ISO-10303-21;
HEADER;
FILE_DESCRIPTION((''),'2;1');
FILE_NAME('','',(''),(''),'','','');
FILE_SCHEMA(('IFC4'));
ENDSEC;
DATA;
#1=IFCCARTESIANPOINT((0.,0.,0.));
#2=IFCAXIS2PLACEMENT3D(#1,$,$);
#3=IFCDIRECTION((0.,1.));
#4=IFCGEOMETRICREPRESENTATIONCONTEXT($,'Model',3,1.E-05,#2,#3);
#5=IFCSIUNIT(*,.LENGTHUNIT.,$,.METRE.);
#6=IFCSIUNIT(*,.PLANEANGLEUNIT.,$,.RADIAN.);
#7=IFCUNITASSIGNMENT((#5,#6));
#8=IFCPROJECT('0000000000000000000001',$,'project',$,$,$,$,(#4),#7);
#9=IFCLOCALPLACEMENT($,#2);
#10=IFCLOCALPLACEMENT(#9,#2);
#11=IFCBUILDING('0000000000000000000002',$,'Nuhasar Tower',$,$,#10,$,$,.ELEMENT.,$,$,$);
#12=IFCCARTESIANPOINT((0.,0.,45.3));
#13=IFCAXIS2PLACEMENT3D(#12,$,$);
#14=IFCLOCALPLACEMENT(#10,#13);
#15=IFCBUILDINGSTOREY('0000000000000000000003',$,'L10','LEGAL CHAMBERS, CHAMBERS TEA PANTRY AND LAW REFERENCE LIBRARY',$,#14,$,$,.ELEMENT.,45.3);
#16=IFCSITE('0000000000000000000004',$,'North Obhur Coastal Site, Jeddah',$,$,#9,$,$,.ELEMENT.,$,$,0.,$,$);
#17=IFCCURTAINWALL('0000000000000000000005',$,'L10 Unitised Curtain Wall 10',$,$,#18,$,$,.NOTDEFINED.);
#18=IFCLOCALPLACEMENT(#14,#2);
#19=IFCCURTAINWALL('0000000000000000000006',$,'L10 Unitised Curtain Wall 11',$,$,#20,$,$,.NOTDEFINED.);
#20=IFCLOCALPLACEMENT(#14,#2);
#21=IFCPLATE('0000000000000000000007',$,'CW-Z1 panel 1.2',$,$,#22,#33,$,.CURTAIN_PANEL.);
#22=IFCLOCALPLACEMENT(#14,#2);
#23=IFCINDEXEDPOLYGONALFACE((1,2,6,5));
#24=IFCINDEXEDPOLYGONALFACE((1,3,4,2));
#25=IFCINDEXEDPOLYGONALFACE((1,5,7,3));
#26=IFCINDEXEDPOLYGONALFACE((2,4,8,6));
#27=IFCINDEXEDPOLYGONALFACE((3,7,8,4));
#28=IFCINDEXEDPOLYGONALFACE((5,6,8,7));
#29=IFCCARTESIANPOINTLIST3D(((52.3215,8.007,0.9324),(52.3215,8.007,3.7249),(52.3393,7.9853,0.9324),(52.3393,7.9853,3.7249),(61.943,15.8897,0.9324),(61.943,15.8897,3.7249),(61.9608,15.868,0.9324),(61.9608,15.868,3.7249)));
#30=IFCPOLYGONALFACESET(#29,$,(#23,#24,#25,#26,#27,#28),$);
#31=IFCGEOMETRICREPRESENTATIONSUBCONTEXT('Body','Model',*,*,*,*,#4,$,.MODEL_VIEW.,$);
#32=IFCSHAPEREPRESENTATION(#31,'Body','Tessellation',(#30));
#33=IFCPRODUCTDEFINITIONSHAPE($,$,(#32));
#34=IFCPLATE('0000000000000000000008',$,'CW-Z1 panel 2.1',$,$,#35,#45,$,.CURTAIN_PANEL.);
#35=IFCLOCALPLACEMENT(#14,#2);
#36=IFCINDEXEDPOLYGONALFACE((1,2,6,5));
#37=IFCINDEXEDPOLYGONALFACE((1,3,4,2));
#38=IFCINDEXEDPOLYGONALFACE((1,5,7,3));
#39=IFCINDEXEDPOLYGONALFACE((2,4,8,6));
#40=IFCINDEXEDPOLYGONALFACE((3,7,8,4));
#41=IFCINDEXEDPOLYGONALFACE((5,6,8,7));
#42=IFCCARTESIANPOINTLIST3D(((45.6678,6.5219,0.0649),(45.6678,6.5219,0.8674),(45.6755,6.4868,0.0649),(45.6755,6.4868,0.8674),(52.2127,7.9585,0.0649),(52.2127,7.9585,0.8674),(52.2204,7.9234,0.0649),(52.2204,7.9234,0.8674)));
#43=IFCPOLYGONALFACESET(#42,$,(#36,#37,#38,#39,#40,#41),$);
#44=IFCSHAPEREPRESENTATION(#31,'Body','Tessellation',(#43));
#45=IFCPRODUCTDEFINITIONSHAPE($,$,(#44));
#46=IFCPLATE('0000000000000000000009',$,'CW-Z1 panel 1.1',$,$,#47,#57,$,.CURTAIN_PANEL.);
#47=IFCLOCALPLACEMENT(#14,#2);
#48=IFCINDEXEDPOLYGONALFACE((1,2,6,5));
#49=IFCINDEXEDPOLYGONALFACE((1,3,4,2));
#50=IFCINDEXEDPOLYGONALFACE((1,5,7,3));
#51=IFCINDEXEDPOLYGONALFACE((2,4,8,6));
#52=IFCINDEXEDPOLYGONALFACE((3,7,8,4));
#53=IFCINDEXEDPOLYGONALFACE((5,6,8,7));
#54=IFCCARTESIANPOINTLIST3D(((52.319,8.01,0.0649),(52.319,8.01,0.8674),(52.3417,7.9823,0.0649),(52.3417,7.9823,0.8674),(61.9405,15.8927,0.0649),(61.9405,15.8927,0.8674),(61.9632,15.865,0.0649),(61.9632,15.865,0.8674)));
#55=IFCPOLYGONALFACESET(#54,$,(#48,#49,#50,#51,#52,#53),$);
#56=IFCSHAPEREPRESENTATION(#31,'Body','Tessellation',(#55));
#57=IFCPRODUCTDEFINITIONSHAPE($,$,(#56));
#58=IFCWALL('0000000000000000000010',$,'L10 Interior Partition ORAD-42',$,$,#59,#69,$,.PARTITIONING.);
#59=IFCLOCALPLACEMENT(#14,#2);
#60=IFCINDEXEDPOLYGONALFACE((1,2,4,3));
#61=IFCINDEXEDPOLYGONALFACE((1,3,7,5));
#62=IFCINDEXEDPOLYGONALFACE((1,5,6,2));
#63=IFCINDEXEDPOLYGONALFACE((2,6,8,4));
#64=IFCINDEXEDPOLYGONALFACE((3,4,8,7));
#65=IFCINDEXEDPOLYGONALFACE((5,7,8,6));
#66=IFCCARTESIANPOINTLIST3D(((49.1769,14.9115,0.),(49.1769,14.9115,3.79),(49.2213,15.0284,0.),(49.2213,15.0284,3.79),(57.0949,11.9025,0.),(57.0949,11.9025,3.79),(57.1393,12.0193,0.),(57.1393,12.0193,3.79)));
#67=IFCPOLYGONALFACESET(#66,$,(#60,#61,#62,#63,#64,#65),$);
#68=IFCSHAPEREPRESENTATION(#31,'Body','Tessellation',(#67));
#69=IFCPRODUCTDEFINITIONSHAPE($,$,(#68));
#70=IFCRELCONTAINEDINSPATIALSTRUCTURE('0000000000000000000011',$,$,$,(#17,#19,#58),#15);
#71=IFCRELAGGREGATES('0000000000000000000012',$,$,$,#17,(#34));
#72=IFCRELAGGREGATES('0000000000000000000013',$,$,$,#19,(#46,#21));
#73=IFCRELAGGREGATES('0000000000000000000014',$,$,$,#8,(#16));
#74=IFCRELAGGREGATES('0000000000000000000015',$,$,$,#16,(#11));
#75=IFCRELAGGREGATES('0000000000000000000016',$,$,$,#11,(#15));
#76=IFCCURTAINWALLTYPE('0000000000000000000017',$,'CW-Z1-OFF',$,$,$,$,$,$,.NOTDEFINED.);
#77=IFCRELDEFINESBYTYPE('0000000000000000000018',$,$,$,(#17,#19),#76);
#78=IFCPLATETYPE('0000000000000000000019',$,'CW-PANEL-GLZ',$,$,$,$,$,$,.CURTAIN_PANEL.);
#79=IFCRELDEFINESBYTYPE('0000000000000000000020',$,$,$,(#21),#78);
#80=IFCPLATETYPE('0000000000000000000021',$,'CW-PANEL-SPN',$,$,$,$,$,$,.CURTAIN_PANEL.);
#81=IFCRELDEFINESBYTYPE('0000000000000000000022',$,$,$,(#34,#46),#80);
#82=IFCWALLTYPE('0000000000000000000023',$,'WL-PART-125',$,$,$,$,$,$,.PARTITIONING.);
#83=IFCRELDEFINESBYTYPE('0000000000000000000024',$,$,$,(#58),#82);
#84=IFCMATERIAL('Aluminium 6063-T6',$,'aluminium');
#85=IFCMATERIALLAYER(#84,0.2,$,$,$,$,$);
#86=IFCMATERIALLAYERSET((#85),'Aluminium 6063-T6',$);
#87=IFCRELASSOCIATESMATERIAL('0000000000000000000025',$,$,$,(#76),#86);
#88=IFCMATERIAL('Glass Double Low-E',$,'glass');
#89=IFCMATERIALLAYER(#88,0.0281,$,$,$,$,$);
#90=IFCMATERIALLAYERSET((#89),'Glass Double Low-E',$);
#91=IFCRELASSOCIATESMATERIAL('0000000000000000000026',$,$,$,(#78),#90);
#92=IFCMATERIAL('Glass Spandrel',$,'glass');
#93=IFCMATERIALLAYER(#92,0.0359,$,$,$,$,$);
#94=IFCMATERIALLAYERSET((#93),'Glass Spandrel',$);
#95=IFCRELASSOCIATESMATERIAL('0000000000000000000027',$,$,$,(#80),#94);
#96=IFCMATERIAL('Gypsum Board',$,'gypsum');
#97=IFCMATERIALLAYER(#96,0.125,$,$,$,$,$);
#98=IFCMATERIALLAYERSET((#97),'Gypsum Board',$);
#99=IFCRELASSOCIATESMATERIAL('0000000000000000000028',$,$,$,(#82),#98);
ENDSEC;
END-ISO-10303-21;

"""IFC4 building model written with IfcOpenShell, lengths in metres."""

from ifc_helpers import new_model, si_unit, direction, frame, frame_2d, origin, origin_2d, place, context, subcontext, project, spatial, rectangle, extrude, material, layer, layer_set, type_object, element, aggregate, save


model = new_model("IFC4")

# Units and contexts
model_context = context("Model", 3, precision=1e-05, world=origin(), true_north=direction((0.0, 1.0)))
body_context = subcontext(model_context, "Body", "Model", "MODEL_VIEW")
ifc_project = project(units=[si_unit("LENGTHUNIT", "METRE"), si_unit("PLANEANGLEUNIT", "RADIAN")], contexts=[model_context])

# Site, building, storey
site_placement = place(None, origin())
site = spatial("IfcSite", under=ifc_project, at=site_placement, Name="North Obhur Coastal Site, Jeddah", CompositionType="ELEMENT", RefElevation=0.0)
building_placement = place(site_placement, origin())
building = spatial("IfcBuilding", under=site, at=building_placement, Name="Nuhasar Tower", CompositionType="ELEMENT")
storey_placement = place(building_placement, frame((0.0, 0.0, 45.3)))
storey = spatial("IfcBuildingStorey", under=building, at=storey_placement, Name="L10", Description="LEGAL CHAMBERS, CHAMBERS TEA PANTRY AND LAW REFERENCE LIBRARY", CompositionType="ELEMENT", Elevation=45.3)

# Curtain wall
ifc_material_1 = material(Name="Aluminium 6063-T6", Category="aluminium")
ifc_layer_1 = layer(ifc_material_1, 0.2)
ifc_layer_set_1 = layer_set([ifc_layer_1], Name="Aluminium 6063-T6")
curtain_wall_type = type_object("IfcCurtainWallType", Name="CW-Z1-OFF", PredefinedType="NOTDEFINED", material=ifc_layer_set_1)
curtain_wall_1_placement = place(storey_placement, origin())
curtain_wall_1 = element("IfcCurtainWall", 1, at=curtain_wall_1_placement, inside=storey, type_object=curtain_wall_type, Name="L10 Unitised Curtain Wall 10", PredefinedType="NOTDEFINED")

# Curtain wall
curtain_wall_2_placement = place(storey_placement, origin())
curtain_wall_2 = element("IfcCurtainWall", 2, at=curtain_wall_2_placement, inside=storey, type_object=curtain_wall_type, Name="L10 Unitised Curtain Wall 11", PredefinedType="NOTDEFINED")

# Plates
ifc_material_2 = material(Name="Glass Double Low-E", Category="glass")
ifc_layer_2 = layer(ifc_material_2, 0.0281)
ifc_layer_set_2 = layer_set([ifc_layer_2], Name="Glass Double Low-E")
plate_type_1 = type_object("IfcPlateType", Name="CW-PANEL-GLZ", PredefinedType="CURTAIN_PANEL", material=ifc_layer_set_2)
plate_1_placement = place(storey_placement, frame((57.1411, 11.9375, 0.9324), z_axis=(0.0, 0.0, 1.0), x_axis=(0.773542, 0.633745, 0.0)))
plate_1 = element("IfcPlate", 3, at=plate_1_placement, type_object=plate_type_1, Name="CW-Z1 panel 1.2", PredefinedType="CURTAIN_PANEL", context=body_context, shape_type="SweptSolid", body=[
    extrude(rectangle(XDim=12.4382, YDim=0.0281, at=origin_2d()), origin(), (0.0, 0.0, 1.0), 2.7925),
])
ifc_material_3 = material(Name="Glass Spandrel", Category="glass")
ifc_layer_3 = layer(ifc_material_3, 0.0359)
ifc_layer_set_3 = layer_set([ifc_layer_3], Name="Glass Spandrel")
plate_type_2 = type_object("IfcPlateType", Name="CW-PANEL-SPN", PredefinedType="CURTAIN_PANEL", material=ifc_layer_set_3)
plate_2_placement = place(storey_placement, frame((48.9441, 7.2227, 0.0649), z_axis=(0.0, 0.0, 1.0), x_axis=(0.976746, 0.214399, 0.0)))
plate_2 = element("IfcPlate", 4, at=plate_2_placement, type_object=plate_type_2, Name="CW-Z1 panel 2.1", PredefinedType="CURTAIN_PANEL", context=body_context, shape_type="SweptSolid", body=[
    extrude(rectangle(XDim=6.7007, YDim=0.0359, at=origin_2d()), origin(), (0.0, 0.0, 1.0), 0.8025),
])
aggregate(curtain_wall_1, [plate_2])
plate_3_placement = place(storey_placement, frame((57.1411, 11.9375, 0.0649), z_axis=(0.0, 0.0, 1.0), x_axis=(0.773542, 0.633745, 0.0)))
plate_3 = element("IfcPlate", 5, at=plate_3_placement, type_object=plate_type_2, Name="CW-Z1 panel 1.1", PredefinedType="CURTAIN_PANEL", context=body_context, shape_type="SweptSolid", body=[
    extrude(rectangle(XDim=12.4382, YDim=0.0359, at=origin_2d()), origin(), (0.0, 0.0, 1.0), 0.8025),
])
aggregate(curtain_wall_2, [plate_3, plate_1])

# Wall
ifc_material_4 = material(Name="Gypsum Board", Category="gypsum")
ifc_layer_4 = layer(ifc_material_4, 0.125)
ifc_layer_set_4 = layer_set([ifc_layer_4], Name="Gypsum Board")
wall_type = type_object("IfcWallType", Name="WL-PART-125", PredefinedType="PARTITIONING", material=ifc_layer_set_4)
wall_placement = place(storey_placement, frame((49.199, 14.97, 0.0), z_axis=(0.0, 0.0, 1.0), x_axis=(0.934776, -0.355239, 0.0)))
element("IfcWall", 6, at=wall_placement, inside=storey, type_object=wall_type, Name="L10 Interior Partition ORAD-42", PredefinedType="PARTITIONING", context=body_context, shape_type="SweptSolid", body=[
    extrude(rectangle(XDim=8.4705, YDim=0.125, at=frame_2d((4.2354, 0.0))), origin(), (0.0, 0.0, 1.0), 3.79),
])

save(model, "model.ifc")
